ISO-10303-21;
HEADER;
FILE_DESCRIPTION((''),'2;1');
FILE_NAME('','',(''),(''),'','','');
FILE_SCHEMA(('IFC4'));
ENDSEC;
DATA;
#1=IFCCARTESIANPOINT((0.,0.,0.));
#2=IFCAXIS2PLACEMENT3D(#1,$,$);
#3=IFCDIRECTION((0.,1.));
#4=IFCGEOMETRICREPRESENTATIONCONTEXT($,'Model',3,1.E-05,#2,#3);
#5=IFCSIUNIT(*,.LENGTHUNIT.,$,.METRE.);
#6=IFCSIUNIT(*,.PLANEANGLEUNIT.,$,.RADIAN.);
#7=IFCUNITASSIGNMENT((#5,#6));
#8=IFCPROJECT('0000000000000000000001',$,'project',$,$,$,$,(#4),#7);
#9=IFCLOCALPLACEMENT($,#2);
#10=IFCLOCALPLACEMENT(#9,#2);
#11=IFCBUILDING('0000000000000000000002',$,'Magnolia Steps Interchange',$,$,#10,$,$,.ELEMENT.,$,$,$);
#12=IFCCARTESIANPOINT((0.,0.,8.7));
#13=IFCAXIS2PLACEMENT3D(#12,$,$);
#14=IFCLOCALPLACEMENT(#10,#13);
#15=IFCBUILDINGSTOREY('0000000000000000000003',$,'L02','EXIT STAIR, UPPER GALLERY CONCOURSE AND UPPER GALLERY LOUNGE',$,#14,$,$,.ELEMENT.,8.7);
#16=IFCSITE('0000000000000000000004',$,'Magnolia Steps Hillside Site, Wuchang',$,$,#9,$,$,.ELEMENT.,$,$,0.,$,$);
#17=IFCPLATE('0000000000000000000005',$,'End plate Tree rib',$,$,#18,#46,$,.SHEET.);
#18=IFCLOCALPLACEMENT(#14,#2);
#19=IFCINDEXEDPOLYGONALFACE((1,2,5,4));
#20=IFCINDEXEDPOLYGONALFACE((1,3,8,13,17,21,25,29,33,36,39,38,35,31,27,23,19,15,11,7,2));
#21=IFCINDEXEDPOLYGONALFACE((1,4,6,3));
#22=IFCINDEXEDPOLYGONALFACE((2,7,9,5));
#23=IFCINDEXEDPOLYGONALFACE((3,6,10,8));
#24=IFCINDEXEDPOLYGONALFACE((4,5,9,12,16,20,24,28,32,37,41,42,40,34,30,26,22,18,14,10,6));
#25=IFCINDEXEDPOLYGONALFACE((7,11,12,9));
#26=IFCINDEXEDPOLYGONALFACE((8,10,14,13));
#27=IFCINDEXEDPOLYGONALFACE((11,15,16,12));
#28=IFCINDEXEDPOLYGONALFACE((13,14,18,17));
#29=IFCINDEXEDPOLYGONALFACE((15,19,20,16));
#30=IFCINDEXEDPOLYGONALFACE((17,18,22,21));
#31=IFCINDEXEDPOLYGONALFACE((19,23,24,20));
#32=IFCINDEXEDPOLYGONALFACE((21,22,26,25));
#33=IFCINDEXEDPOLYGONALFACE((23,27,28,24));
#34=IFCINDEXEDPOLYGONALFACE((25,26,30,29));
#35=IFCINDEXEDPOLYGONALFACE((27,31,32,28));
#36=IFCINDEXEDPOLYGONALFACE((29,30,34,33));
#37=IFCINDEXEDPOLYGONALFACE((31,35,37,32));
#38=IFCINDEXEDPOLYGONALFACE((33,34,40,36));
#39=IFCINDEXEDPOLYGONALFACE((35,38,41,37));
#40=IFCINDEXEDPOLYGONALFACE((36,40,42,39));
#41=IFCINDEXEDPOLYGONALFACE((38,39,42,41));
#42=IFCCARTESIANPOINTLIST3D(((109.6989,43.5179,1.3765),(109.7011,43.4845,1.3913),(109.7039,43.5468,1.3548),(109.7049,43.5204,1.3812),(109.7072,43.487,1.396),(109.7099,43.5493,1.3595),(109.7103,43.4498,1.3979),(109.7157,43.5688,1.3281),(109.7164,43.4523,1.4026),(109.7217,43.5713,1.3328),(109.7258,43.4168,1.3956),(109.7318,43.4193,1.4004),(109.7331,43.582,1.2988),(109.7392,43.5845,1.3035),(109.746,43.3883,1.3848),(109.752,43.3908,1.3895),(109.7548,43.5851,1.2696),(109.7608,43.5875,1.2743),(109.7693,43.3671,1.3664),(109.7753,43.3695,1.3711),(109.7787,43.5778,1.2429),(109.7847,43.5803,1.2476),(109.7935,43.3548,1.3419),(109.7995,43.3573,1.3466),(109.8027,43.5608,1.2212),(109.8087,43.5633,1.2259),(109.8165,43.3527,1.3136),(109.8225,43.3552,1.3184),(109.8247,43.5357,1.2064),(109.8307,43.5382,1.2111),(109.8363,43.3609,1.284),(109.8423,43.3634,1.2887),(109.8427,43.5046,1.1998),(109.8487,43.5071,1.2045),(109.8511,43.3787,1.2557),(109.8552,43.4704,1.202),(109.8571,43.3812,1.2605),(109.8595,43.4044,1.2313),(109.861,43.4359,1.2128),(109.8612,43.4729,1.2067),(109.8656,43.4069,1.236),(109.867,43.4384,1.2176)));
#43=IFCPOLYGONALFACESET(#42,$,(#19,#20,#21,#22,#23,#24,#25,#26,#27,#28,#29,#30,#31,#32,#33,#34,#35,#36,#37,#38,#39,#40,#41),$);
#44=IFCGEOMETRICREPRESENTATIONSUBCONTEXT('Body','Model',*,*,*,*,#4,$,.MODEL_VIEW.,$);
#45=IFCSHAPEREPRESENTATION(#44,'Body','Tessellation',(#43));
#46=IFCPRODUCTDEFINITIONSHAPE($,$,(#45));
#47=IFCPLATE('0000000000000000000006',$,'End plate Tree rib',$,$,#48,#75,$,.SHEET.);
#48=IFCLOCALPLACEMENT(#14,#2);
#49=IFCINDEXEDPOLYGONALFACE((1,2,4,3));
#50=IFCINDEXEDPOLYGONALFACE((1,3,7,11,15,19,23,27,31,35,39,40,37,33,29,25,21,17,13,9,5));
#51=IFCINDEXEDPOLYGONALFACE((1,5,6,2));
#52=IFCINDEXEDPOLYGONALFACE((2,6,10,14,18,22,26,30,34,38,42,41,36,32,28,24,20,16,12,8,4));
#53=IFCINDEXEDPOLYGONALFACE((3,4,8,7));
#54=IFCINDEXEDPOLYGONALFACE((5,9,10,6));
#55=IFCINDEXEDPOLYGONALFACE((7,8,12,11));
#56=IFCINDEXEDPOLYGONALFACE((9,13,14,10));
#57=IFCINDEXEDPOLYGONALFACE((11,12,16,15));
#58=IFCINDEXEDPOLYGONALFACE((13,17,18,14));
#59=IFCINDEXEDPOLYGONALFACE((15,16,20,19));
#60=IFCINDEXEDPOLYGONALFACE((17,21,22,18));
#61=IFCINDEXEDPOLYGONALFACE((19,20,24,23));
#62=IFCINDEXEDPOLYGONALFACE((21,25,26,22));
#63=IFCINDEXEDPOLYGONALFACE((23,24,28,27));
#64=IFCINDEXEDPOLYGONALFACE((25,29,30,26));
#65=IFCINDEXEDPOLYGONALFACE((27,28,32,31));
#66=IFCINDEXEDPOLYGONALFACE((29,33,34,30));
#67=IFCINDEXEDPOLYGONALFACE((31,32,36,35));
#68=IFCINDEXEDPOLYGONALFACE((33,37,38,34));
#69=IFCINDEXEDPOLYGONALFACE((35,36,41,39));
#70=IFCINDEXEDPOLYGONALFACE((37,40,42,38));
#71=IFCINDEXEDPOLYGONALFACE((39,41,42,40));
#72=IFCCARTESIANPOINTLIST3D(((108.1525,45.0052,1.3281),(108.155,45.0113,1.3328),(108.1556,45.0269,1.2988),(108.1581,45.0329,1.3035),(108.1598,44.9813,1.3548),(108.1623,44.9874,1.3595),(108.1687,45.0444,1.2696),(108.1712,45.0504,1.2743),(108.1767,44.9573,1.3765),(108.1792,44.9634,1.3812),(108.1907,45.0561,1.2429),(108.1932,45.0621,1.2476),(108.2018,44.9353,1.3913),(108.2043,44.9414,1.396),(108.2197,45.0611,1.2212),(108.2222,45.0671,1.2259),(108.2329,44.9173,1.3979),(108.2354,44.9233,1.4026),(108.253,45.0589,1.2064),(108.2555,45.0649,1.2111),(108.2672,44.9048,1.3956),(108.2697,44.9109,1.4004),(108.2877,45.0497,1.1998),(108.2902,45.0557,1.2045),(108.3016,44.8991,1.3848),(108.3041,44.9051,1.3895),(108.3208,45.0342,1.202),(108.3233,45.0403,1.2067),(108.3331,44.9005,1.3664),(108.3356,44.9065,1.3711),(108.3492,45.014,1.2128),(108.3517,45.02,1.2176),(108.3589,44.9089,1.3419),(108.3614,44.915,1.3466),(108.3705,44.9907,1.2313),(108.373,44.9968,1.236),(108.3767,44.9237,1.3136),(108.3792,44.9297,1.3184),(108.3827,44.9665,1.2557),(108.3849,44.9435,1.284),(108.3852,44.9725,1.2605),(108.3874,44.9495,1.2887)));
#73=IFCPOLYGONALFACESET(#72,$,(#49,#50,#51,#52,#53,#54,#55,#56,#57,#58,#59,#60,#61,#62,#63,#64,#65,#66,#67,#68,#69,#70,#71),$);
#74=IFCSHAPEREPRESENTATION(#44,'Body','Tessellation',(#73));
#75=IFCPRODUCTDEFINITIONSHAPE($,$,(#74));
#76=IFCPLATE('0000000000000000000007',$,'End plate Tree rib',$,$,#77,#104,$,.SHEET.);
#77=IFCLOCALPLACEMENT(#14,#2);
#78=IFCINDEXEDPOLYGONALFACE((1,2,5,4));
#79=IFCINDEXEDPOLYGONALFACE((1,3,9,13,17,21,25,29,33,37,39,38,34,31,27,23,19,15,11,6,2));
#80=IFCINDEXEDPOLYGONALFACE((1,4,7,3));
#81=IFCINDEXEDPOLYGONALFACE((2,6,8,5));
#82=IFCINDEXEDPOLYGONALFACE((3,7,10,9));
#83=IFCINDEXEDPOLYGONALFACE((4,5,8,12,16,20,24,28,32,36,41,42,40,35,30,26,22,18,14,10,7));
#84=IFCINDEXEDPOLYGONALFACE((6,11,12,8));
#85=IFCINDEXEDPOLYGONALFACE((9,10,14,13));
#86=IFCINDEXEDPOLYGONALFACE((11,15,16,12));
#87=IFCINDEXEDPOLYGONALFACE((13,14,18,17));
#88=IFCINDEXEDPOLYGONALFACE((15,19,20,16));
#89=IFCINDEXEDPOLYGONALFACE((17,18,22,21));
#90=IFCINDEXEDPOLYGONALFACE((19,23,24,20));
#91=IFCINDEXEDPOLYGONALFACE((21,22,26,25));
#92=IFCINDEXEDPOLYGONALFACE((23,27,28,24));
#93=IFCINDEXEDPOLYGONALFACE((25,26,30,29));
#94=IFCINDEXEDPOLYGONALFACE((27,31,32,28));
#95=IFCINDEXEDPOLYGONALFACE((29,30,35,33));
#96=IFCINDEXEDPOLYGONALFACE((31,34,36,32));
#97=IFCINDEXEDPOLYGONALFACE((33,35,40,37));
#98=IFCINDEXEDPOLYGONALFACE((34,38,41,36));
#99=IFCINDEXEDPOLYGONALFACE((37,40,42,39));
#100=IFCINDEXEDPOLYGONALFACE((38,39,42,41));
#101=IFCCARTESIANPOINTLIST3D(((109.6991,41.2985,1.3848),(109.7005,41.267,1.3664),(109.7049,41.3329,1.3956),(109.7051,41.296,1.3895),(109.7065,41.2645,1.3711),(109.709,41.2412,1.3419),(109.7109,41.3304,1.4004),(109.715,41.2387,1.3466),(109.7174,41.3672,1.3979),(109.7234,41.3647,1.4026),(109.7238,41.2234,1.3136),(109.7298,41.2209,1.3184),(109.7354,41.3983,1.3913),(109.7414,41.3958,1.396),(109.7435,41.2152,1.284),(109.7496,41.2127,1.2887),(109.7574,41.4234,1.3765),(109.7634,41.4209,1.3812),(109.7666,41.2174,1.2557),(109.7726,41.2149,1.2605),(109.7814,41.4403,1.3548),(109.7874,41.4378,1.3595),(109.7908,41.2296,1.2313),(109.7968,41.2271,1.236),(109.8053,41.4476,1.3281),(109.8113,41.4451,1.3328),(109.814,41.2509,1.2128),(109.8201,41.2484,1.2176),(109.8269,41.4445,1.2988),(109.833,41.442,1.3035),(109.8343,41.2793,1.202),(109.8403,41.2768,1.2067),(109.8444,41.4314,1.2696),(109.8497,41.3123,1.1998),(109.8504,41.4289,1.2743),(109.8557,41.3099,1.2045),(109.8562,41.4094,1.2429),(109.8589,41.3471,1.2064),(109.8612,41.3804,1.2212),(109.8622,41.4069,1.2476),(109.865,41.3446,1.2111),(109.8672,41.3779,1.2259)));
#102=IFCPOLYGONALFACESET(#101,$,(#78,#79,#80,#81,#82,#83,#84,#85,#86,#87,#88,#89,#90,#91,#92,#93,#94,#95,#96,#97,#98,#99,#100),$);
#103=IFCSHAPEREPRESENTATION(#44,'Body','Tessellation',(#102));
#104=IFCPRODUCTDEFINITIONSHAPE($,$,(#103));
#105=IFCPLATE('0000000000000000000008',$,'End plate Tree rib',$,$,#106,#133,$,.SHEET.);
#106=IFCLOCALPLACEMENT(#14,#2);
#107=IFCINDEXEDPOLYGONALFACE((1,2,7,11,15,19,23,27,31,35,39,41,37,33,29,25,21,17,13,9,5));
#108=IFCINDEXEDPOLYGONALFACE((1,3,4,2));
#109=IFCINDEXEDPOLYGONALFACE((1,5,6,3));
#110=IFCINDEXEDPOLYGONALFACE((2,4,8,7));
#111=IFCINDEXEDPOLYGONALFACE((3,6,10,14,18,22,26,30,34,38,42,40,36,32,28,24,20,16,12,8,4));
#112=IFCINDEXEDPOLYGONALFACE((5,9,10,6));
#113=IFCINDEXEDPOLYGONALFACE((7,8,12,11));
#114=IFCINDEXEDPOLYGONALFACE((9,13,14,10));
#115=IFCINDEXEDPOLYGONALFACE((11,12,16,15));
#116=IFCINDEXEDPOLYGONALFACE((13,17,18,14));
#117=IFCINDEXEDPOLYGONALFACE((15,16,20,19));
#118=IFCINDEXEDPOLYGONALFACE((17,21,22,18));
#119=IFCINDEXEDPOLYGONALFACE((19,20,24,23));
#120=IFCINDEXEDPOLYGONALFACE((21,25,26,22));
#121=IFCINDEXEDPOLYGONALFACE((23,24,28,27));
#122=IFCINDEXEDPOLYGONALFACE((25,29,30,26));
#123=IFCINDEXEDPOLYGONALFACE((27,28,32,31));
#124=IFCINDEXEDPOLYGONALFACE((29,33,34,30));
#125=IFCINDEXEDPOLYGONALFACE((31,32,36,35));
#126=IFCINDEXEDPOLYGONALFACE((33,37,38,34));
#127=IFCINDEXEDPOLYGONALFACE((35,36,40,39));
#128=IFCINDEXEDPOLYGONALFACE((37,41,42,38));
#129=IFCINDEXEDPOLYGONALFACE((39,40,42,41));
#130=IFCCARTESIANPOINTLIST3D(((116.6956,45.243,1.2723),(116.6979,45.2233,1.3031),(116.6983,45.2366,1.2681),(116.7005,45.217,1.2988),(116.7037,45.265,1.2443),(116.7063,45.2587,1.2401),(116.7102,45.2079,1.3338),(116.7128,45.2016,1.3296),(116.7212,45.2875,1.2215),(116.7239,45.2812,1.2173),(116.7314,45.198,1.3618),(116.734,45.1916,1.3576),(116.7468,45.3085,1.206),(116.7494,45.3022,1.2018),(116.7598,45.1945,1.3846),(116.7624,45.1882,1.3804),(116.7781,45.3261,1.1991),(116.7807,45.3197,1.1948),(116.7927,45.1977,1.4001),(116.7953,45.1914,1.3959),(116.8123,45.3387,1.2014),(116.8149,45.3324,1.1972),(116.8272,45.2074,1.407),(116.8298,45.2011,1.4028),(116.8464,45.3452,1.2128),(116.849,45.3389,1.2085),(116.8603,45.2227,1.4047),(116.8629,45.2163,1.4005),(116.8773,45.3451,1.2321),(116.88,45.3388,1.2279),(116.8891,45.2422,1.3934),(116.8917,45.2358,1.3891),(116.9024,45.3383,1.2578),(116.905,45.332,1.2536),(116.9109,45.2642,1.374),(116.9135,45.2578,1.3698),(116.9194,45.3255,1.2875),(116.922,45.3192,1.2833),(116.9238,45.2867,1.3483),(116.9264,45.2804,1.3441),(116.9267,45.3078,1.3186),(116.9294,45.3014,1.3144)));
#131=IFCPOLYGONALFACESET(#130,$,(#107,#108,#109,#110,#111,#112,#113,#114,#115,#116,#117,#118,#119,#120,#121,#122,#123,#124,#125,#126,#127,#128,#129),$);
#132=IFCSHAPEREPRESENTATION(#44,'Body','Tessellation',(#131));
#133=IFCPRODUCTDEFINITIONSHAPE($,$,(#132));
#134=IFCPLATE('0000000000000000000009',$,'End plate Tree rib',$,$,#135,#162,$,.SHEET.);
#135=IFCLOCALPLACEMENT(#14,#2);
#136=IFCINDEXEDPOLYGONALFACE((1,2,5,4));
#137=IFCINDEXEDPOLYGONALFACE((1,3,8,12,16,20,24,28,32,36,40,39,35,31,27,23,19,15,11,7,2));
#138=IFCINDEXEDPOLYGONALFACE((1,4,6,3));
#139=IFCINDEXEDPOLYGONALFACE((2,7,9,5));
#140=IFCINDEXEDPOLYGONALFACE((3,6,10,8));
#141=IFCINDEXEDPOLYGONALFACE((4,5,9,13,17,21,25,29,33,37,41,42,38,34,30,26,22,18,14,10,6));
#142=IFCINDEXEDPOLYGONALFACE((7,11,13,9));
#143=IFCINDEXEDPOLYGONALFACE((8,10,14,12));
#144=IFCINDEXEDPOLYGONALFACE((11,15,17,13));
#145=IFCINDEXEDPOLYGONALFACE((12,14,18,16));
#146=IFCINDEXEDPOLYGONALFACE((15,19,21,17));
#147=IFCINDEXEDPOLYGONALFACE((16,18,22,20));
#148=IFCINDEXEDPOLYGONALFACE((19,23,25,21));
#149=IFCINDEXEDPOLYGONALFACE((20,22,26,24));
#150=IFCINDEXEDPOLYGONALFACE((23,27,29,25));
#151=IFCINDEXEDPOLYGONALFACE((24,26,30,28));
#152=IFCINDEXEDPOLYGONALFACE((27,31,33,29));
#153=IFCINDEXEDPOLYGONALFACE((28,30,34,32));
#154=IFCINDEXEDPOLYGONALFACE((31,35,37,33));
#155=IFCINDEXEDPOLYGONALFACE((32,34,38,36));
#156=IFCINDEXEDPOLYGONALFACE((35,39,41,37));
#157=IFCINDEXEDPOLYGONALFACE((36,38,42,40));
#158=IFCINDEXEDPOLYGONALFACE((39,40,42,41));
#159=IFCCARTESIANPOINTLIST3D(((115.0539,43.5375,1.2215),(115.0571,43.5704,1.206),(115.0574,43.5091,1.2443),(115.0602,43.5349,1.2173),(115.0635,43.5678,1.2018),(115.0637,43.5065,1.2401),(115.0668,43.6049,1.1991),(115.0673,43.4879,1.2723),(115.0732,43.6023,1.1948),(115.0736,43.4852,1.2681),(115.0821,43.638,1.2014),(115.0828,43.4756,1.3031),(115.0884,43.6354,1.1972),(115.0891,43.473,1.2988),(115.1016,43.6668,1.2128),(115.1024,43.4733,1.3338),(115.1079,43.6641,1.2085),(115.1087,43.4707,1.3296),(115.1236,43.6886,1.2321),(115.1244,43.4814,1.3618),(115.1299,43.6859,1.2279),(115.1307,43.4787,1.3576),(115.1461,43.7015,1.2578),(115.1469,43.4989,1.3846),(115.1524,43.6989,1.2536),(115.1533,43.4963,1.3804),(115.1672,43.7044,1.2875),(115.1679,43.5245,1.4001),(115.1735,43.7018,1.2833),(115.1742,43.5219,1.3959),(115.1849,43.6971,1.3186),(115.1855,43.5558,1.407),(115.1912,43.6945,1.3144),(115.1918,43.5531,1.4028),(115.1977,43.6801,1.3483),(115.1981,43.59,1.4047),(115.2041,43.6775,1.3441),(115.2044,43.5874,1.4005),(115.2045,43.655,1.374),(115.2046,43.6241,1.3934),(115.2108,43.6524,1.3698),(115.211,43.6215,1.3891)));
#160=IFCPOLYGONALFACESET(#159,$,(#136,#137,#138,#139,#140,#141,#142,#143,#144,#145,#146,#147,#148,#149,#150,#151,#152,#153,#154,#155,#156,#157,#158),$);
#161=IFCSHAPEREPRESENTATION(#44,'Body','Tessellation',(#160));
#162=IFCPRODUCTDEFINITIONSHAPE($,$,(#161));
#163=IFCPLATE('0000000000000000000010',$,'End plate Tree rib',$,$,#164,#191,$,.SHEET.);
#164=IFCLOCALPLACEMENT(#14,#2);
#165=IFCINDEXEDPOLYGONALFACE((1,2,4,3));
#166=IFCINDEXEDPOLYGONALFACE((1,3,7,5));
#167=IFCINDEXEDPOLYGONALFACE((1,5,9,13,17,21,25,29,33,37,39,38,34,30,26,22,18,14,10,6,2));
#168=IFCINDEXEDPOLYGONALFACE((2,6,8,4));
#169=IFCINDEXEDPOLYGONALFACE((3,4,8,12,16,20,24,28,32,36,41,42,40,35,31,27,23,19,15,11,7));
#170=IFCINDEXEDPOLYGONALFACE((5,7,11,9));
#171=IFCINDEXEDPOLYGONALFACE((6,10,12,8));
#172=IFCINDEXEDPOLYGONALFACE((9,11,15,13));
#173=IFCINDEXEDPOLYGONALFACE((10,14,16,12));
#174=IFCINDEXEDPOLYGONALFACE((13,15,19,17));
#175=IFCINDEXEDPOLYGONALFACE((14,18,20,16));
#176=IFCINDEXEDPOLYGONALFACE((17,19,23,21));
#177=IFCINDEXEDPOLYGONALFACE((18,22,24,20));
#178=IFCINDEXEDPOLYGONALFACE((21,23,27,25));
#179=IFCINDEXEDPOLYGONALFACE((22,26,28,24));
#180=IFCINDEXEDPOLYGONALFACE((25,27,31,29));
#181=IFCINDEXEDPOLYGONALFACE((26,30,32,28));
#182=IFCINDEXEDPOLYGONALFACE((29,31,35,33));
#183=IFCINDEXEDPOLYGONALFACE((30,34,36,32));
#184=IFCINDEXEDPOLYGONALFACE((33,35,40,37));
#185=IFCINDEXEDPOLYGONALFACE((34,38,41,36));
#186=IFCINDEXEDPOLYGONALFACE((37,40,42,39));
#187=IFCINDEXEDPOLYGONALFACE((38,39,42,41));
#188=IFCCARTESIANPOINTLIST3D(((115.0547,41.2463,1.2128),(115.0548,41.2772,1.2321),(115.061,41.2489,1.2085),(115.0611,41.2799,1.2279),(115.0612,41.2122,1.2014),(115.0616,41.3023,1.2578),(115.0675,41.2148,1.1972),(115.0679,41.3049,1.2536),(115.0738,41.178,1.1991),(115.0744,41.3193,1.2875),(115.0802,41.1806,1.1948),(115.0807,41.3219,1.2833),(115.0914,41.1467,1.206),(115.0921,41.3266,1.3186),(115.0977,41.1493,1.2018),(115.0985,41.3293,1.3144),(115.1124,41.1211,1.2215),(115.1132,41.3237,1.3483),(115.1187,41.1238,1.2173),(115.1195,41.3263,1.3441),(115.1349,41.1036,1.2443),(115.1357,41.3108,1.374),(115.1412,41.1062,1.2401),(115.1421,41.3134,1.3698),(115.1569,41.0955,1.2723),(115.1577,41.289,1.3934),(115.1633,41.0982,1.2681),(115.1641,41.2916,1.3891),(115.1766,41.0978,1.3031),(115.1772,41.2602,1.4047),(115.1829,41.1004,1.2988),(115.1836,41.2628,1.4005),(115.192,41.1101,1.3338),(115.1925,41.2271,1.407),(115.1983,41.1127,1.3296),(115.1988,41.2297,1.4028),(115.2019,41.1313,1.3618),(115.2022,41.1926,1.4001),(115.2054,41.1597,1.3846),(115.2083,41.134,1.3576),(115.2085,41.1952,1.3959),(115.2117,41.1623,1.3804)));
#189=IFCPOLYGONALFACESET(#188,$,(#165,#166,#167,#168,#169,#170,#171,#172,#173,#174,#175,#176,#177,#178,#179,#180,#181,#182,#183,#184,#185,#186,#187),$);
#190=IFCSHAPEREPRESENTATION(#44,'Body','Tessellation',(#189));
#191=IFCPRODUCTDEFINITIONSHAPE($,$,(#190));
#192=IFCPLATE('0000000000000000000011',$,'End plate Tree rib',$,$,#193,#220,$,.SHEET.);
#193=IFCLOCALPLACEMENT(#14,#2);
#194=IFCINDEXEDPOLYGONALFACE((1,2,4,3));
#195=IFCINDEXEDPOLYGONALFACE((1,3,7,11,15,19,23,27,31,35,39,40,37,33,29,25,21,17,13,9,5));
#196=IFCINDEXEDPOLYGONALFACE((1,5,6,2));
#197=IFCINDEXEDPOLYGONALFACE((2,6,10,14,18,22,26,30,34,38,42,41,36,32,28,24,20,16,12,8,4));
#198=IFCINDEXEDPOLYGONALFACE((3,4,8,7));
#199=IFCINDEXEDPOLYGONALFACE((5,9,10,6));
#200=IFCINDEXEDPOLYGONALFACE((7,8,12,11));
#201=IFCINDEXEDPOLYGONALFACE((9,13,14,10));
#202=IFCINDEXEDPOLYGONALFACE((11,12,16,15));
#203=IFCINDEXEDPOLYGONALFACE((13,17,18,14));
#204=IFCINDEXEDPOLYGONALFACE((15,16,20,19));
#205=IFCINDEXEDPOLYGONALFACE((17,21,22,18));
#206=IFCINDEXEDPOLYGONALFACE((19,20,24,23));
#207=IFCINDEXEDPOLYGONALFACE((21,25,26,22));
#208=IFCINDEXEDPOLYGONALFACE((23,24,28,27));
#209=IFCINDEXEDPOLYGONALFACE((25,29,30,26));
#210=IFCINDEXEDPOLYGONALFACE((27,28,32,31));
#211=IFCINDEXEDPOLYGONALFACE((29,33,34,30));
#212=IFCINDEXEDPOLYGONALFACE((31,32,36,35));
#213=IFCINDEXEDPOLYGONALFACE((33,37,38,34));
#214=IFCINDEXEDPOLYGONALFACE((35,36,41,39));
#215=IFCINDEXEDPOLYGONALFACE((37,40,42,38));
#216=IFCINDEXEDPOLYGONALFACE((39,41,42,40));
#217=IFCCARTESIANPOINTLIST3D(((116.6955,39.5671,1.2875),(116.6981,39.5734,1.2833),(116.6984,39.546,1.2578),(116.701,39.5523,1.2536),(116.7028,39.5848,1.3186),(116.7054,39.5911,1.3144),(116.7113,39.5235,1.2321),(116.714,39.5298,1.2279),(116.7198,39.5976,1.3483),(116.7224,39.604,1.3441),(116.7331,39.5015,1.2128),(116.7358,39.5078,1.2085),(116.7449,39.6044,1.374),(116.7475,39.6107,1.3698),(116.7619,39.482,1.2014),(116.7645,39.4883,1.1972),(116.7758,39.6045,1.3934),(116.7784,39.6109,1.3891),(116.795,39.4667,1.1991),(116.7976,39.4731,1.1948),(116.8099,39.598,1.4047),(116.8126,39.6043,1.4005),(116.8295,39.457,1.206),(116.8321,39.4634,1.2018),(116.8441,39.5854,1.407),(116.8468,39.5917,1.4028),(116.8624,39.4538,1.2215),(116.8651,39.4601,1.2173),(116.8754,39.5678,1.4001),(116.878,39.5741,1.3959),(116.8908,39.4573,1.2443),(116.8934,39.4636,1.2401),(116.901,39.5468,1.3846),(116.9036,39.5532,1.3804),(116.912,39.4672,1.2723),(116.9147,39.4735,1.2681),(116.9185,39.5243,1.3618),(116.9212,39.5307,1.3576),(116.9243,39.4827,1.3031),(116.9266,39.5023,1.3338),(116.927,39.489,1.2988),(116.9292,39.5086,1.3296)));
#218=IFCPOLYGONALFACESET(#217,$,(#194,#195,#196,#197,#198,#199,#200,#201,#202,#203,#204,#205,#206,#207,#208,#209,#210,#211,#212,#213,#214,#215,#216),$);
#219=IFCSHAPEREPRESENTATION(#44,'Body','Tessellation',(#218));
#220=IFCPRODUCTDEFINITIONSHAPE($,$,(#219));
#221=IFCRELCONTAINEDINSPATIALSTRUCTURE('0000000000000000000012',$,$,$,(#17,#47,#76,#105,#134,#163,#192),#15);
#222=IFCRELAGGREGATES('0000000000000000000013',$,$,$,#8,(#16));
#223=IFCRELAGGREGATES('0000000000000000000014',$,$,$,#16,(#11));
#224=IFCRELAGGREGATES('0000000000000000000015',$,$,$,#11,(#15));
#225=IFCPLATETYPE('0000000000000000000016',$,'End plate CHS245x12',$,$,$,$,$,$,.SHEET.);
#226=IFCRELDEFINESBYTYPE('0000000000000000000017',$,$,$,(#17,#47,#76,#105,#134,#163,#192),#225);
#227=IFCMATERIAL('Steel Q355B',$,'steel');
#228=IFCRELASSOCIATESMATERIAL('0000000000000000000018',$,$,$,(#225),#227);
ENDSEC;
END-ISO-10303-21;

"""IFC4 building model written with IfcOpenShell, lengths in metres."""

from ifc_helpers import new_model, si_unit, direction, frame, origin, origin_2d, place, context, subcontext, project, spatial, circle, extrude, material, material_profile, profile_set, type_object, element, save


model = new_model("IFC4")

# Units and contexts
model_context = context("Model", 3, precision=1e-05, world=origin(), true_north=direction((0.0, 1.0)))
body_context = subcontext(model_context, "Body", "Model", "MODEL_VIEW")
ifc_project = project(units=[si_unit("LENGTHUNIT", "METRE"), si_unit("PLANEANGLEUNIT", "RADIAN")], contexts=[model_context])

# Site, building, storey
site_placement = place(None, origin())
site = spatial("IfcSite", under=ifc_project, at=site_placement, Name="Magnolia Steps Hillside Site, Wuchang", CompositionType="ELEMENT", RefElevation=0.0)
building_placement = place(site_placement, origin())
building = spatial("IfcBuilding", under=site, at=building_placement, Name="Magnolia Steps Interchange", CompositionType="ELEMENT")
storey_placement = place(building_placement, frame((0.0, 0.0, 8.7)))
storey = spatial("IfcBuildingStorey", under=building, at=storey_placement, Name="L02", Description="EXIT STAIR, UPPER GALLERY CONCOURSE AND UPPER GALLERY LOUNGE", CompositionType="ELEMENT", Elevation=8.7)

# Plates
ifc_material_1 = material(Name="Steel Q355B", Category="steel")
ifc_material_profile_1 = material_profile(ifc_material_1, circle(Radius=0.1226, at=origin_2d()), Name="End plate CHS245x12")
ifc_profile_set_1 = profile_set([ifc_material_profile_1], Name="Steel Q355B")
plate_type_1 = type_object("IfcPlateType", Name="End plate CHS245x12", PredefinedType="SHEET", material=ifc_profile_set_1)
for number, where, z_axis, x_axis, name in (
    (1, (109.78, 43.4688, 1.2988), (0.748578, 0.310071, 0.586078), (-0.382683, 0.92388, 0.0), "End plate Tree rib"),
    (2, (108.2688, 44.98, 1.2988), (0.310071, 0.748578, 0.586078), (-0.92388, 0.382683, 0.0), "End plate Tree rib"),
    (3, (109.78, 41.3313, 1.2988), (0.748578, -0.310071, 0.586078), (0.382683, 0.92388, 0.0), "End plate Tree rib"),
    (4, (116.8137, 45.2639, 1.2988), (-0.325598, 0.786063, 0.525444), (-0.92388, -0.382683, 0.0), "End plate Tree rib"),
    (5, (115.136, 43.5862, 1.2988), (-0.786063, 0.325598, 0.525444), (-0.382683, -0.92388, 0.0), "End plate Tree rib"),
    (6, (115.136, 41.2136, 1.2988), (-0.786063, -0.325598, 0.525444), (0.382683, -0.92388, 0.0), "End plate Tree rib"),
    (7, (116.8137, 39.5359, 1.2988), (-0.325598, -0.786063, 0.525444), (0.92388, -0.382683, 0.0), "End plate Tree rib"),
):
    element("IfcPlate", number, at=place(storey_placement, frame(where, z_axis=z_axis, x_axis=x_axis)), inside=storey, type_object=plate_type_1, Name=name, PredefinedType="SHEET", context=body_context, shape_type="SweptSolid", body=[
        extrude(circle(Radius=0.1226, at=origin_2d()), origin(), (0.0, 0.0, 1.0), 0.0081),
    ])

save(model, "model.ifc")
